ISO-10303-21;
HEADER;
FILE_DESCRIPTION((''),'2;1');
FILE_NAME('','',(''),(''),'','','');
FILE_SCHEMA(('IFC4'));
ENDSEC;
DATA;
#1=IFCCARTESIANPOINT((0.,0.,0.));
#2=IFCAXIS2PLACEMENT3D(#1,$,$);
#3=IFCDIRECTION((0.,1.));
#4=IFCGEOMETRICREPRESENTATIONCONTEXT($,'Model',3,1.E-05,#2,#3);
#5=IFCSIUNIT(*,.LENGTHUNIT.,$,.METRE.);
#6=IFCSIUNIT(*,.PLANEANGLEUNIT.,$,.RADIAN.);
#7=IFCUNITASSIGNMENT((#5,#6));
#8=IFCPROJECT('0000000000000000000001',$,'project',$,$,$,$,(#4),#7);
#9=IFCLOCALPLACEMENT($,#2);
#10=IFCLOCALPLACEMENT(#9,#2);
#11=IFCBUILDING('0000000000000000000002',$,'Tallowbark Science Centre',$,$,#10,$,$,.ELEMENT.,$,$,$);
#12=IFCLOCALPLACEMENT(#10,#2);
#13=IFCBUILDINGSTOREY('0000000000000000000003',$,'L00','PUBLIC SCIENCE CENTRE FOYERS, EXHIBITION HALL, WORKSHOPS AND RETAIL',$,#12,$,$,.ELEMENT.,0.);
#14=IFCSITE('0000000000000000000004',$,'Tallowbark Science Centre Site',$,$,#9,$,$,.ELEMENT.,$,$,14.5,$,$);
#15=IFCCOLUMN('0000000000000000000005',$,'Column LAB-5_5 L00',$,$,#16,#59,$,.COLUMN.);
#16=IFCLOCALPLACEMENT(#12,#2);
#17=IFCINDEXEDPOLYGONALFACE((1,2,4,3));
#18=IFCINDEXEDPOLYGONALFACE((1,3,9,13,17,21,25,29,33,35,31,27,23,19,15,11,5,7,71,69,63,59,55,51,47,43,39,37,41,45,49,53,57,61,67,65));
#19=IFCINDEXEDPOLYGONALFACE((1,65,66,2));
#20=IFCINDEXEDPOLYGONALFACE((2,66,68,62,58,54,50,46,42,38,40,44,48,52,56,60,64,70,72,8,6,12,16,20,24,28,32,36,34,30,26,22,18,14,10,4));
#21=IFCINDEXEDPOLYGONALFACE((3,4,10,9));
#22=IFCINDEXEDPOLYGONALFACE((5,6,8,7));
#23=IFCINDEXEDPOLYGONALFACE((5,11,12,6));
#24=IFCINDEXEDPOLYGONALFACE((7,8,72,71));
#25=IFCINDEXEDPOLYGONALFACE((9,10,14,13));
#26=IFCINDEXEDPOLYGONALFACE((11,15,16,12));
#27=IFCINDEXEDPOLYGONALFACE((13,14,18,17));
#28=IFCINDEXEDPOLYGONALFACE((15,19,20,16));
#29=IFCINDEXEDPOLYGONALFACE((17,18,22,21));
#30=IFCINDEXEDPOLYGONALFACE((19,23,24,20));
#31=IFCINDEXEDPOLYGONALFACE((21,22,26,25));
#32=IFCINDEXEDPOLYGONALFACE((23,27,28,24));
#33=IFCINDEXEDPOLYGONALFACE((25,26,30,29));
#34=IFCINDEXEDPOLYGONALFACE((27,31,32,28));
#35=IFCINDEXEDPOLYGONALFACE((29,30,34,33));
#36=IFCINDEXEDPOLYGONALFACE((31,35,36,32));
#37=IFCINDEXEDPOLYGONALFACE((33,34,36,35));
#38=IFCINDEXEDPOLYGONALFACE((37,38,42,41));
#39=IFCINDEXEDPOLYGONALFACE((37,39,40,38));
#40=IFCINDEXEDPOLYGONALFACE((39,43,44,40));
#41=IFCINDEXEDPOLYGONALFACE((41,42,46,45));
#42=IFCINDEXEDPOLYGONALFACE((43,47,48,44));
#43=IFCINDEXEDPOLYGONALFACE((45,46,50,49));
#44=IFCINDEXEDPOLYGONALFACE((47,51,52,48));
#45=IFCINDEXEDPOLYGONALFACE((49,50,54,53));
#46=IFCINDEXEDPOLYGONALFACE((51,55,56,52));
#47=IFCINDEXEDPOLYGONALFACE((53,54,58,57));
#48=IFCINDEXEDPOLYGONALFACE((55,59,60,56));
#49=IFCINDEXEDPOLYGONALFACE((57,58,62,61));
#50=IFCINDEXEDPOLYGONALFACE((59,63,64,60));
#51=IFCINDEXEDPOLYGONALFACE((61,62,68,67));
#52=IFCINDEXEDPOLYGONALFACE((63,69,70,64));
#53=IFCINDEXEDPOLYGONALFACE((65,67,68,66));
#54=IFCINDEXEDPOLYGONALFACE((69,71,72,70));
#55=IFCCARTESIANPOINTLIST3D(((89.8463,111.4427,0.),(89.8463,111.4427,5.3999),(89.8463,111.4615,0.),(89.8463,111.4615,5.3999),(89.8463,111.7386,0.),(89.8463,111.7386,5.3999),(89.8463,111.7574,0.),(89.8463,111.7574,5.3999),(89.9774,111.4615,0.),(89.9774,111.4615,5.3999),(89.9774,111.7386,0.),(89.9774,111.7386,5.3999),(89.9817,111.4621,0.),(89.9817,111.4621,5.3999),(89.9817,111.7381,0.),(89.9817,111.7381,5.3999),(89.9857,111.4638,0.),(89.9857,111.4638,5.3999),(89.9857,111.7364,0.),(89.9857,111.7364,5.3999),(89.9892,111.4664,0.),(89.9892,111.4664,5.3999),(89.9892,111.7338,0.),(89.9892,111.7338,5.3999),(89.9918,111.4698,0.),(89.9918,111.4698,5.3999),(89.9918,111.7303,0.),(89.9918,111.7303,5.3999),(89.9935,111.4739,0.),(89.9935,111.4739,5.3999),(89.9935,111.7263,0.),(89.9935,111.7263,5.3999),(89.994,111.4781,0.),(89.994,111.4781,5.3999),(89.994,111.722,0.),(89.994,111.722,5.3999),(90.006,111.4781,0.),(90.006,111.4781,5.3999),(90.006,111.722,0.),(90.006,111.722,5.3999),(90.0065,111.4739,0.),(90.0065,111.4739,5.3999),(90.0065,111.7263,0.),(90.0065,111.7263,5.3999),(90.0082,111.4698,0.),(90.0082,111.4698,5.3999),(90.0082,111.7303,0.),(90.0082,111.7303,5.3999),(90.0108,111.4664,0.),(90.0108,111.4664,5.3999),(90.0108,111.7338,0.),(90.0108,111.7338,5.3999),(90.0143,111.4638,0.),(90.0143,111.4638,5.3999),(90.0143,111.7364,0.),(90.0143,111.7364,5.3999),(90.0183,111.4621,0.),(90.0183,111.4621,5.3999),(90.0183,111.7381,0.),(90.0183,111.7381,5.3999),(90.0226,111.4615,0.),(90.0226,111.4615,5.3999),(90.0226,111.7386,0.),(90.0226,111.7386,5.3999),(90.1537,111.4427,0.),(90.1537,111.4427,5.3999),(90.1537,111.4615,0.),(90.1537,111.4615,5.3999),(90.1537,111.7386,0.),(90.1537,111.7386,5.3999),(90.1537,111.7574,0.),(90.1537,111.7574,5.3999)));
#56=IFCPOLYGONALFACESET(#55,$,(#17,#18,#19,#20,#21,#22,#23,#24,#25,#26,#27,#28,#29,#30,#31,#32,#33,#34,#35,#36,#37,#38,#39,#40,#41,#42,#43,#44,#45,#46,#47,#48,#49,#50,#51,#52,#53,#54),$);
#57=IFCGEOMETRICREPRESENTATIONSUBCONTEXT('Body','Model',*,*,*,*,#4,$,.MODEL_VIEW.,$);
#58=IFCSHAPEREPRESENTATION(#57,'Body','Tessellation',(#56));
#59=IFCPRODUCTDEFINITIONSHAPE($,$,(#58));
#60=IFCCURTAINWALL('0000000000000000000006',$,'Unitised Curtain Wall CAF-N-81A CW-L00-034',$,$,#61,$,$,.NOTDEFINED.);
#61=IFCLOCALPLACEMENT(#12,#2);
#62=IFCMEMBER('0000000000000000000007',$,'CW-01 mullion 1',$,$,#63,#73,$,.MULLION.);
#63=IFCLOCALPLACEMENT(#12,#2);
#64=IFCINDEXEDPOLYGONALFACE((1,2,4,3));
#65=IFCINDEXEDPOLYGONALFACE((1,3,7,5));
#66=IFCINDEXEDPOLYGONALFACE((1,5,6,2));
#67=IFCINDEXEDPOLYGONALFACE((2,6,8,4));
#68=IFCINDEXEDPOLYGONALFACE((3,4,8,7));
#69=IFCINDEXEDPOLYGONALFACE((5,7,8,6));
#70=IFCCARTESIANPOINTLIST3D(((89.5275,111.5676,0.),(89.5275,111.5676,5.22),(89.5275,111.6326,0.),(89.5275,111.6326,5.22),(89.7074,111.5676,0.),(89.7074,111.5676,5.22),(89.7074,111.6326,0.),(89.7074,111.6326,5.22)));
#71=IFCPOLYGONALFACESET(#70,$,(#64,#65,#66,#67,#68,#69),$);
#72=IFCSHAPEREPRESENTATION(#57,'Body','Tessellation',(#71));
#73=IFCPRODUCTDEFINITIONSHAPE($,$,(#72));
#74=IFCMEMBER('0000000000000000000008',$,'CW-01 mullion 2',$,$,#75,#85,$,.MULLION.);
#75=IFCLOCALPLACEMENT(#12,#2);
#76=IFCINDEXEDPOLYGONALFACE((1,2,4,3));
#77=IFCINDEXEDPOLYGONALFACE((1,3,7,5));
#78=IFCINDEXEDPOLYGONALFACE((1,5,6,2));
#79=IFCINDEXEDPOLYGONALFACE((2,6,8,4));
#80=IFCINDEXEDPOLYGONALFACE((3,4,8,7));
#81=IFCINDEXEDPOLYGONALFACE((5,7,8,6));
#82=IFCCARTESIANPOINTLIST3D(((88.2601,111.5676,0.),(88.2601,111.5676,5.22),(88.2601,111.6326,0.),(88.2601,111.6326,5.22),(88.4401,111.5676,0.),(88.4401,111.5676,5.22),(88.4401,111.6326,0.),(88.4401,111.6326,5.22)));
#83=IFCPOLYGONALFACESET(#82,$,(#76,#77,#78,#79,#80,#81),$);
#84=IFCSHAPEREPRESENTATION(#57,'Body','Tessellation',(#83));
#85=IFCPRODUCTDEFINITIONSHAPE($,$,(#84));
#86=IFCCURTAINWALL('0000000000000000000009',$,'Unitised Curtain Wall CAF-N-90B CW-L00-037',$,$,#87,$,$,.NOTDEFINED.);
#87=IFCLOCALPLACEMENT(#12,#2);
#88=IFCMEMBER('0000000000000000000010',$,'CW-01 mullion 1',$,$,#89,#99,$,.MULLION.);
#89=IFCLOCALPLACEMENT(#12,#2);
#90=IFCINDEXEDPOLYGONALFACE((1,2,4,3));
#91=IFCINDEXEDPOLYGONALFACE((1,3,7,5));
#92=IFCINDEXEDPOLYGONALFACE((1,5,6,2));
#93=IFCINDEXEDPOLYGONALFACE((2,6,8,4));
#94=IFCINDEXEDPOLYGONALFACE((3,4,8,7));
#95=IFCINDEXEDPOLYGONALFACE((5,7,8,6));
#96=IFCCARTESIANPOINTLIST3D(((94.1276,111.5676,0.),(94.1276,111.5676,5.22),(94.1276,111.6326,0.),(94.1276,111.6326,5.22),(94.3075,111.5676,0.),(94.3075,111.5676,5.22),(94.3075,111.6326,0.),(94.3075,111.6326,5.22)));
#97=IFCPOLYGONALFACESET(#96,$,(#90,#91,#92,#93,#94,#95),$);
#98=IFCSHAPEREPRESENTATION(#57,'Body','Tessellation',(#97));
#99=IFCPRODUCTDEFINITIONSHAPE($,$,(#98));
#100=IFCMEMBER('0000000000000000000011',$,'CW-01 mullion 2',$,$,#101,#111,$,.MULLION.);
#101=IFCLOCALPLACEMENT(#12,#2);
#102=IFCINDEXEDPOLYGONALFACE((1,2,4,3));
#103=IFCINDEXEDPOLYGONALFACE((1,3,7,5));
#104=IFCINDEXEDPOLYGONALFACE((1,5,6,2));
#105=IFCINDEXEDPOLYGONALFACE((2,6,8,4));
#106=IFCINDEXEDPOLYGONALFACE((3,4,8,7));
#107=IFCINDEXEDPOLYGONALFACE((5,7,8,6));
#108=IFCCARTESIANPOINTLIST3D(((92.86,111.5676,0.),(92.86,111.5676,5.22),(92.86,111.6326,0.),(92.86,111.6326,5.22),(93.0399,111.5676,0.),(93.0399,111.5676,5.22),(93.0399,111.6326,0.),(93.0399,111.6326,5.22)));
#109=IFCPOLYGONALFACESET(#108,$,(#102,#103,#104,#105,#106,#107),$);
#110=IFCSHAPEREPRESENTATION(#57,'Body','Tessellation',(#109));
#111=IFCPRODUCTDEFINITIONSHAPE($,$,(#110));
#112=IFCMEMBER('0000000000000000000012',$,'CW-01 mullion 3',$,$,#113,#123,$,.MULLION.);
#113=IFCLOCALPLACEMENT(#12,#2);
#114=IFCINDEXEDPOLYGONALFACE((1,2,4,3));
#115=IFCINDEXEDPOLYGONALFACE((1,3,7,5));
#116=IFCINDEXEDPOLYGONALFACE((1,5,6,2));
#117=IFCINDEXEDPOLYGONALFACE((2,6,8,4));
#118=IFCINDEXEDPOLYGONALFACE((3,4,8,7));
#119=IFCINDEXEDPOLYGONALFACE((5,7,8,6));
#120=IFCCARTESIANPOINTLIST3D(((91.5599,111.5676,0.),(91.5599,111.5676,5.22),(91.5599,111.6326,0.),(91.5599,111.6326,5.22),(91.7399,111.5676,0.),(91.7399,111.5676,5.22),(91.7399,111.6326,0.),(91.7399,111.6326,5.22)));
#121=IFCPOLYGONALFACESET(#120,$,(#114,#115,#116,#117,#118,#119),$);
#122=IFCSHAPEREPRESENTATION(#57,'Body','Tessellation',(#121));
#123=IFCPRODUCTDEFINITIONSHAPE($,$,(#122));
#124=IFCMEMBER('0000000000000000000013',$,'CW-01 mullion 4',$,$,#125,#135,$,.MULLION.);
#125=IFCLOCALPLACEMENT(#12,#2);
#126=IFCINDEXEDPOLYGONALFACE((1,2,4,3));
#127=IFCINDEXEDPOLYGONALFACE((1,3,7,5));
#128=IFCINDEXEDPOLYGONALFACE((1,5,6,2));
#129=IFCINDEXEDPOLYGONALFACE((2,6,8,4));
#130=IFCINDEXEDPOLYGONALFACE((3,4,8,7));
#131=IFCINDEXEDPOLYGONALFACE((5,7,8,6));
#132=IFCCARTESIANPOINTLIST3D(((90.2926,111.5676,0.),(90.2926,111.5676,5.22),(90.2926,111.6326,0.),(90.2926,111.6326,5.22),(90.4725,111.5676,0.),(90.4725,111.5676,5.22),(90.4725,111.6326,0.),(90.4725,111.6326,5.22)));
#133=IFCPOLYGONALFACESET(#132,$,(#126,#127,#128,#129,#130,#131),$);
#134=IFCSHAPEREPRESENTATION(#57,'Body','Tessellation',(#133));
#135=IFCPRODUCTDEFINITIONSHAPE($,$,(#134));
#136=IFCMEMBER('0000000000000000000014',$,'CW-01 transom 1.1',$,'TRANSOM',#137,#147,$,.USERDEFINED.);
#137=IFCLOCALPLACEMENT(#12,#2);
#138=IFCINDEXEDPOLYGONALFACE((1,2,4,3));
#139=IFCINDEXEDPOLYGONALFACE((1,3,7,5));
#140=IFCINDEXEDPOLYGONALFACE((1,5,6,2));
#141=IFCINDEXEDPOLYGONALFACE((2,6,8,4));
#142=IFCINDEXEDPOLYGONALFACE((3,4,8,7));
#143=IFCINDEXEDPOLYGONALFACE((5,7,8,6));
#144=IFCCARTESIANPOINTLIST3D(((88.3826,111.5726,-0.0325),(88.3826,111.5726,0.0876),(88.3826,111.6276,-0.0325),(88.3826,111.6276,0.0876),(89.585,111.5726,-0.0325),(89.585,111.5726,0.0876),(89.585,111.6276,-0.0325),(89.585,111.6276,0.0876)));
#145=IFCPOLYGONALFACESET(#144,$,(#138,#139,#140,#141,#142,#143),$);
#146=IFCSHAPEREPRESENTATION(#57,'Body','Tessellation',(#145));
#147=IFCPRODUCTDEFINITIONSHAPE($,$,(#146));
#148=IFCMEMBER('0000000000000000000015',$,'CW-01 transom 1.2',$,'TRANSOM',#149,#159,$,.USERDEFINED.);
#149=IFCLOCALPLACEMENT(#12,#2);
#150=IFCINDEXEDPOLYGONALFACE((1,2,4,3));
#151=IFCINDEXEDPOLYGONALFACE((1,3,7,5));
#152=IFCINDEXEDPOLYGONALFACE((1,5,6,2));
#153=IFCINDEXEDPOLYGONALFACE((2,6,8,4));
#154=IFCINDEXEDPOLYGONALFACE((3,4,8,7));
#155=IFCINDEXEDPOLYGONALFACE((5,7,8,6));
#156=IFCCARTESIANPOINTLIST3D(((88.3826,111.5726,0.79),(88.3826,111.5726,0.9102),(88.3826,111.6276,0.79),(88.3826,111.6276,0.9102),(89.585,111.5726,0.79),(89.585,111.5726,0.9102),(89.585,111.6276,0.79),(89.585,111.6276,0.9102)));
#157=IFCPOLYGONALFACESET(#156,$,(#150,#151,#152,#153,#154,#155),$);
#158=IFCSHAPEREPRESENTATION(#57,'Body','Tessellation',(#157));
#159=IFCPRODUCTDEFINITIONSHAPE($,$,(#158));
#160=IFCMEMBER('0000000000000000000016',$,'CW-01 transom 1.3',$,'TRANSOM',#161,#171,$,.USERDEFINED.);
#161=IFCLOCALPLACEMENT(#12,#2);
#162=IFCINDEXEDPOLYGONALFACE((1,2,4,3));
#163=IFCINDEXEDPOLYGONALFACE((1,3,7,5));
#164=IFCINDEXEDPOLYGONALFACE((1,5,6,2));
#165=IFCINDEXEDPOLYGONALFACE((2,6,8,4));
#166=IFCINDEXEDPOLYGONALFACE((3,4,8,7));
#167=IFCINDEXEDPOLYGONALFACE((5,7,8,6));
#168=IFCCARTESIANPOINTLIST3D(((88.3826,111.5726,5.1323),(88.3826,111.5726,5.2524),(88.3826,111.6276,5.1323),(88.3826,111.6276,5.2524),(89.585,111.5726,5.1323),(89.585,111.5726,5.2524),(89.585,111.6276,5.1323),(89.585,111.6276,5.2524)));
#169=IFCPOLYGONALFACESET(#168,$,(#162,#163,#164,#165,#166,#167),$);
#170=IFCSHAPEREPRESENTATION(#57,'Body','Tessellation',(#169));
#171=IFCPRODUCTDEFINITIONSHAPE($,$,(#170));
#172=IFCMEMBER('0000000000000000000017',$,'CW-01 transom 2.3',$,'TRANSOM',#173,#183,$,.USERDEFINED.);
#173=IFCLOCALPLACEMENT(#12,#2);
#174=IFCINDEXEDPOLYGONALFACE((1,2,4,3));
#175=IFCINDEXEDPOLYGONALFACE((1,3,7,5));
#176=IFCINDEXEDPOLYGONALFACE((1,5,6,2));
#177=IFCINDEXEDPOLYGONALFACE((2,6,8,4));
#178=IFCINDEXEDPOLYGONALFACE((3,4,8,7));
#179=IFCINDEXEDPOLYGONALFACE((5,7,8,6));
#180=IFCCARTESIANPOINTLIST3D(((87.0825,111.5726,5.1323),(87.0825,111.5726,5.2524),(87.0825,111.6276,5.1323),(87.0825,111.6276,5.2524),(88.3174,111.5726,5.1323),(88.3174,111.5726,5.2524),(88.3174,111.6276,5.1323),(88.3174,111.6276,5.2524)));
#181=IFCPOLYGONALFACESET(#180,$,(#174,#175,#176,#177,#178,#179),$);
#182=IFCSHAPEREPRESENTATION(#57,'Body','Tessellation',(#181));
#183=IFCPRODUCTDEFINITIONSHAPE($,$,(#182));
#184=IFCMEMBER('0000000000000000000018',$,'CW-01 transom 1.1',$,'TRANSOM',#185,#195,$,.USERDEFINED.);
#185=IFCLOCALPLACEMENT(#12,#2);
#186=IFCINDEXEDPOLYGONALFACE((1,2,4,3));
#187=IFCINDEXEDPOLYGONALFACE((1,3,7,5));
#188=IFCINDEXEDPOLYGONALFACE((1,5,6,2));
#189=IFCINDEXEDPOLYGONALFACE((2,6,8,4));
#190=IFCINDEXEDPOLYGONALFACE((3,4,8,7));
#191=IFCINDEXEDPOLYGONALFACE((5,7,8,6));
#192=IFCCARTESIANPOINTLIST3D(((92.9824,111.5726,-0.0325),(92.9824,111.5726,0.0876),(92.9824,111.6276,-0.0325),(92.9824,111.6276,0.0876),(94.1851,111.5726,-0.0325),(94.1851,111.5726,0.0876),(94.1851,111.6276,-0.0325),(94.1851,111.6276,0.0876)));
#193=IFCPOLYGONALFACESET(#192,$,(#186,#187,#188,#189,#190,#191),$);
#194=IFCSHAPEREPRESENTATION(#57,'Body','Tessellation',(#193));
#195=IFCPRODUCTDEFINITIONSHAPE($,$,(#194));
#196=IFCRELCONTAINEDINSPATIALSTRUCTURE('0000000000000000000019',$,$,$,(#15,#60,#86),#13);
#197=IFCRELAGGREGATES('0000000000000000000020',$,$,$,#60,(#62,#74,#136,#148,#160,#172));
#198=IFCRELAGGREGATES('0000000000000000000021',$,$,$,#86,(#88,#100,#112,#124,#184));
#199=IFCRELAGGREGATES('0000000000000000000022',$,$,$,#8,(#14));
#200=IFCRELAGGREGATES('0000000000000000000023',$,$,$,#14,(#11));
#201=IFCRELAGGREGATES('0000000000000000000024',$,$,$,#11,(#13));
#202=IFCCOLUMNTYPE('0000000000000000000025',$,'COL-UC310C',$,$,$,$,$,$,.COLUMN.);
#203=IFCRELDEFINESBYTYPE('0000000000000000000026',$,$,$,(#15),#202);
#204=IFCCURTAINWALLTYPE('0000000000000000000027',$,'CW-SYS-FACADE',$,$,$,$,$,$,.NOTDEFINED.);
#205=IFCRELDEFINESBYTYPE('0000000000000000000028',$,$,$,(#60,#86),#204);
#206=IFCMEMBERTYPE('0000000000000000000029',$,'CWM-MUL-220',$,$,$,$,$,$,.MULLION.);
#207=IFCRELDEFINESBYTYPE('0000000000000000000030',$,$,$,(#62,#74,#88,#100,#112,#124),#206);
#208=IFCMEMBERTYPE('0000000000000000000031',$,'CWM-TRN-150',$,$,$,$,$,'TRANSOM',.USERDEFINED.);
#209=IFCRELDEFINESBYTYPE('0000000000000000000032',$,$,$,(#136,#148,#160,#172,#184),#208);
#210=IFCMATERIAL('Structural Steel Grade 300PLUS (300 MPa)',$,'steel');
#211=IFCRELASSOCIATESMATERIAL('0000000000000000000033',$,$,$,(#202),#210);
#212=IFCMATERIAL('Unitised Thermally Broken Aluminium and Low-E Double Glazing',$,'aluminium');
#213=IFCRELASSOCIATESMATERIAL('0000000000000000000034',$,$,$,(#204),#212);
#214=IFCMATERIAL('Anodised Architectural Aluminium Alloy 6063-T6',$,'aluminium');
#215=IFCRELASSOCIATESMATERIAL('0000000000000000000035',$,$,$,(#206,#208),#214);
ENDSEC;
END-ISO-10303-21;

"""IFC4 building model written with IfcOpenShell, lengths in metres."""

from ifc_helpers import new_model, si_unit, direction, frame, origin, origin_2d, place, context, subcontext, project, spatial, rectangle, i_section, extrude, material, material_profile, profile_set, type_object, element, aggregate, save


model = new_model("IFC4")

# Units and contexts
model_context = context("Model", 3, precision=1e-05, world=origin(), true_north=direction((0.0, 1.0)))
body_context = subcontext(model_context, "Body", "Model", "MODEL_VIEW")
ifc_project = project(units=[si_unit("LENGTHUNIT", "METRE"), si_unit("PLANEANGLEUNIT", "RADIAN")], contexts=[model_context])

# Site, building, storey
site_placement = place(None, origin())
site = spatial("IfcSite", under=ifc_project, at=site_placement, Name="Tallowbark Science Centre Site", CompositionType="ELEMENT", RefElevation=14.5)
building_placement = place(site_placement, origin())
building = spatial("IfcBuilding", under=site, at=building_placement, Name="Tallowbark Science Centre", CompositionType="ELEMENT")
storey_placement = place(building_placement, origin())
storey = spatial("IfcBuildingStorey", under=building, at=storey_placement, Name="L00", Description="PUBLIC SCIENCE CENTRE FOYERS, EXHIBITION HALL, WORKSHOPS AND RETAIL", CompositionType="ELEMENT", Elevation=0.0)

# Column
ifc_material_1 = material(Name="Structural Steel Grade 300PLUS (300 MPa)", Category="steel")
ifc_material_profile_1 = material_profile(ifc_material_1, i_section(OverallWidth=0.3074, OverallDepth=0.3147, WebThickness=0.012, FlangeThickness=0.0188, FilletRadius=0.0166, at=origin_2d()), Name="310UC118")
ifc_profile_set_1 = profile_set([ifc_material_profile_1], Name="Structural Steel Grade 300PLUS (300 MPa)")
column_type = type_object("IfcColumnType", Name="COL-UC310C", PredefinedType="COLUMN", material=ifc_profile_set_1)
column_placement = place(storey_placement, frame((90.0, 111.6001, 0.0), z_axis=(0.0, 0.0, 1.0), x_axis=(1.0, 0.0, 0.0)))
element("IfcColumn", 1, at=column_placement, inside=storey, type_object=column_type, Name="Column LAB-5_5 L00", PredefinedType="COLUMN", context=body_context, shape_type="SweptSolid", body=[
    extrude(i_section(OverallWidth=0.3074, OverallDepth=0.3147, WebThickness=0.012, FlangeThickness=0.0188, FilletRadius=0.0166, at=origin_2d()), origin(), (0.0, 0.0, 1.0), 5.3999),
])

# Curtain walls, members
ifc_material_2 = material(Name="Unitised Thermally Broken Aluminium and Low-E Double Glazing", Category="aluminium")
curtain_wall_type = type_object("IfcCurtainWallType", Name="CW-SYS-FACADE", PredefinedType="NOTDEFINED", material=ifc_material_2)
curtain_wall_1_placement = place(storey_placement, origin())
curtain_wall_1 = element("IfcCurtainWall", 2, at=curtain_wall_1_placement, inside=storey, type_object=curtain_wall_type, Name="Unitised Curtain Wall CAF-N-81A CW-L00-034", PredefinedType="NOTDEFINED")
ifc_material_3 = material(Name="Anodised Architectural Aluminium Alloy 6063-T6", Category="aluminium")
ifc_material_profile_2 = material_profile(ifc_material_3, rectangle(XDim=0.0649, YDim=0.1799, at=origin_2d()), Name="ALU65x180")
ifc_profile_set_2 = profile_set([ifc_material_profile_2], Name="Anodised Architectural Aluminium Alloy 6063-T6")
member_type_1 = type_object("IfcMemberType", Name="CWM-MUL-220", PredefinedType="MULLION", material=ifc_profile_set_2)
member_1_placement = place(storey_placement, frame((89.6174, 111.6001, 0.0), z_axis=(0.0, 0.0, 1.0), x_axis=(0.0, -1.0, 0.0)))
member_1 = element("IfcMember", 3, at=member_1_placement, type_object=member_type_1, Name="CW-01 mullion 1", PredefinedType="MULLION", context=body_context, shape_type="SweptSolid", body=[
    extrude(rectangle(XDim=0.0649, YDim=0.1799, at=origin_2d()), origin(), (0.0, 0.0, 1.0), 5.22),
])
member_2_placement = place(storey_placement, frame((88.3501, 111.6001, 0.0), z_axis=(0.0, 0.0, 1.0), x_axis=(0.0, -1.0, 0.0)))
member_2 = element("IfcMember", 4, at=member_2_placement, type_object=member_type_1, Name="CW-01 mullion 2", PredefinedType="MULLION", context=body_context, shape_type="SweptSolid", body=[
    extrude(rectangle(XDim=0.0649, YDim=0.1799, at=origin_2d()), origin(), (0.0, 0.0, 1.0), 5.22),
])
curtain_wall_2_placement = place(storey_placement, origin())
curtain_wall_2 = element("IfcCurtainWall", 5, at=curtain_wall_2_placement, inside=storey, type_object=curtain_wall_type, Name="Unitised Curtain Wall CAF-N-90B CW-L00-037", PredefinedType="NOTDEFINED")
member_3_placement = place(storey_placement, frame((94.2175, 111.6001, 0.0), z_axis=(0.0, 0.0, 1.0), x_axis=(0.0, -1.0, 0.0)))
member_3 = element("IfcMember", 6, at=member_3_placement, type_object=member_type_1, Name="CW-01 mullion 1", PredefinedType="MULLION", context=body_context, shape_type="SweptSolid", body=[
    extrude(rectangle(XDim=0.0649, YDim=0.1799, at=origin_2d()), origin(), (0.0, 0.0, 1.0), 5.22),
])
member_4_placement = place(storey_placement, frame((92.95, 111.6001, 0.0), z_axis=(0.0, 0.0, 1.0), x_axis=(0.0, -1.0, 0.0)))
member_4 = element("IfcMember", 7, at=member_4_placement, type_object=member_type_1, Name="CW-01 mullion 2", PredefinedType="MULLION", context=body_context, shape_type="SweptSolid", body=[
    extrude(rectangle(XDim=0.0649, YDim=0.1799, at=origin_2d()), origin(), (0.0, 0.0, 1.0), 5.22),
])
member_5_placement = place(storey_placement, frame((91.6499, 111.6001, 0.0), z_axis=(0.0, 0.0, 1.0), x_axis=(0.0, -1.0, 0.0)))
member_5 = element("IfcMember", 8, at=member_5_placement, type_object=member_type_1, Name="CW-01 mullion 3", PredefinedType="MULLION", context=body_context, shape_type="SweptSolid", body=[
    extrude(rectangle(XDim=0.0649, YDim=0.1799, at=origin_2d()), origin(), (0.0, 0.0, 1.0), 5.22),
])
member_6_placement = place(storey_placement, frame((90.3826, 111.6001, 0.0), z_axis=(0.0, 0.0, 1.0), x_axis=(0.0, -1.0, 0.0)))
member_6 = element("IfcMember", 9, at=member_6_placement, type_object=member_type_1, Name="CW-01 mullion 4", PredefinedType="MULLION", context=body_context, shape_type="SweptSolid", body=[
    extrude(rectangle(XDim=0.0649, YDim=0.1799, at=origin_2d()), origin(), (0.0, 0.0, 1.0), 5.22),
])

# Members
ifc_material_profile_3 = material_profile(ifc_material_3, rectangle(XDim=0.0549, YDim=0.1201, at=origin_2d()), Name="ALU55x120")
ifc_profile_set_3 = profile_set([ifc_material_profile_3], Name="Anodised Architectural Aluminium Alloy 6063-T6")
member_type_2 = type_object("IfcMemberType", Name="CWM-TRN-150", ElementType="TRANSOM", PredefinedType="USERDEFINED", material=ifc_profile_set_3)
member_7_placement = place(storey_placement, frame((89.585, 111.6001, 0.0276), z_axis=(-1.0, 0.0, 0.0), x_axis=(0.0, -1.0, 0.0)))
member_7 = element("IfcMember", 10, at=member_7_placement, type_object=member_type_2, Name="CW-01 transom 1.1", ObjectType="TRANSOM", PredefinedType="USERDEFINED", context=body_context, shape_type="SweptSolid", body=[
    extrude(rectangle(XDim=0.0549, YDim=0.1201, at=origin_2d()), origin(), (0.0, 0.0, 1.0), 1.2024),
])
member_8_placement = place(storey_placement, frame((89.585, 111.6001, 0.8501), z_axis=(-1.0, 0.0, 0.0), x_axis=(0.0, -1.0, 0.0)))
member_8 = element("IfcMember", 11, at=member_8_placement, type_object=member_type_2, Name="CW-01 transom 1.2", ObjectType="TRANSOM", PredefinedType="USERDEFINED", context=body_context, shape_type="SweptSolid", body=[
    extrude(rectangle(XDim=0.0549, YDim=0.1201, at=origin_2d()), origin(), (0.0, 0.0, 1.0), 1.2024),
])
member_9_placement = place(storey_placement, frame((89.585, 111.6001, 5.1924), z_axis=(-1.0, 0.0, 0.0), x_axis=(0.0, -1.0, 0.0)))
member_9 = element("IfcMember", 12, at=member_9_placement, type_object=member_type_2, Name="CW-01 transom 1.3", ObjectType="TRANSOM", PredefinedType="USERDEFINED", context=body_context, shape_type="SweptSolid", body=[
    extrude(rectangle(XDim=0.0549, YDim=0.1201, at=origin_2d()), origin(), (0.0, 0.0, 1.0), 1.2024),
])
member_10_placement = place(storey_placement, frame((88.3174, 111.6001, 5.1924), z_axis=(-1.0, 0.0, 0.0), x_axis=(0.0, -1.0, 0.0)))
member_10 = element("IfcMember", 13, at=member_10_placement, type_object=member_type_2, Name="CW-01 transom 2.3", ObjectType="TRANSOM", PredefinedType="USERDEFINED", context=body_context, shape_type="SweptSolid", body=[
    extrude(rectangle(XDim=0.0549, YDim=0.1201, at=origin_2d()), origin(), (0.0, 0.0, 1.0), 1.2349),
])
member_11_placement = place(storey_placement, frame((94.1851, 111.6001, 0.0276), z_axis=(-1.0, 0.0, 0.0), x_axis=(0.0, -1.0, 0.0)))
member_11 = element("IfcMember", 14, at=member_11_placement, type_object=member_type_2, Name="CW-01 transom 1.1", ObjectType="TRANSOM", PredefinedType="USERDEFINED", context=body_context, shape_type="SweptSolid", body=[
    extrude(rectangle(XDim=0.0549, YDim=0.1201, at=origin_2d()), origin(), (0.0, 0.0, 1.0), 1.2026),
])

aggregate(curtain_wall_1, [member_1, member_2, member_7, member_8, member_9, member_10])
aggregate(curtain_wall_2, [member_3, member_4, member_5, member_6, member_11])

save(model, "model.ifc")
